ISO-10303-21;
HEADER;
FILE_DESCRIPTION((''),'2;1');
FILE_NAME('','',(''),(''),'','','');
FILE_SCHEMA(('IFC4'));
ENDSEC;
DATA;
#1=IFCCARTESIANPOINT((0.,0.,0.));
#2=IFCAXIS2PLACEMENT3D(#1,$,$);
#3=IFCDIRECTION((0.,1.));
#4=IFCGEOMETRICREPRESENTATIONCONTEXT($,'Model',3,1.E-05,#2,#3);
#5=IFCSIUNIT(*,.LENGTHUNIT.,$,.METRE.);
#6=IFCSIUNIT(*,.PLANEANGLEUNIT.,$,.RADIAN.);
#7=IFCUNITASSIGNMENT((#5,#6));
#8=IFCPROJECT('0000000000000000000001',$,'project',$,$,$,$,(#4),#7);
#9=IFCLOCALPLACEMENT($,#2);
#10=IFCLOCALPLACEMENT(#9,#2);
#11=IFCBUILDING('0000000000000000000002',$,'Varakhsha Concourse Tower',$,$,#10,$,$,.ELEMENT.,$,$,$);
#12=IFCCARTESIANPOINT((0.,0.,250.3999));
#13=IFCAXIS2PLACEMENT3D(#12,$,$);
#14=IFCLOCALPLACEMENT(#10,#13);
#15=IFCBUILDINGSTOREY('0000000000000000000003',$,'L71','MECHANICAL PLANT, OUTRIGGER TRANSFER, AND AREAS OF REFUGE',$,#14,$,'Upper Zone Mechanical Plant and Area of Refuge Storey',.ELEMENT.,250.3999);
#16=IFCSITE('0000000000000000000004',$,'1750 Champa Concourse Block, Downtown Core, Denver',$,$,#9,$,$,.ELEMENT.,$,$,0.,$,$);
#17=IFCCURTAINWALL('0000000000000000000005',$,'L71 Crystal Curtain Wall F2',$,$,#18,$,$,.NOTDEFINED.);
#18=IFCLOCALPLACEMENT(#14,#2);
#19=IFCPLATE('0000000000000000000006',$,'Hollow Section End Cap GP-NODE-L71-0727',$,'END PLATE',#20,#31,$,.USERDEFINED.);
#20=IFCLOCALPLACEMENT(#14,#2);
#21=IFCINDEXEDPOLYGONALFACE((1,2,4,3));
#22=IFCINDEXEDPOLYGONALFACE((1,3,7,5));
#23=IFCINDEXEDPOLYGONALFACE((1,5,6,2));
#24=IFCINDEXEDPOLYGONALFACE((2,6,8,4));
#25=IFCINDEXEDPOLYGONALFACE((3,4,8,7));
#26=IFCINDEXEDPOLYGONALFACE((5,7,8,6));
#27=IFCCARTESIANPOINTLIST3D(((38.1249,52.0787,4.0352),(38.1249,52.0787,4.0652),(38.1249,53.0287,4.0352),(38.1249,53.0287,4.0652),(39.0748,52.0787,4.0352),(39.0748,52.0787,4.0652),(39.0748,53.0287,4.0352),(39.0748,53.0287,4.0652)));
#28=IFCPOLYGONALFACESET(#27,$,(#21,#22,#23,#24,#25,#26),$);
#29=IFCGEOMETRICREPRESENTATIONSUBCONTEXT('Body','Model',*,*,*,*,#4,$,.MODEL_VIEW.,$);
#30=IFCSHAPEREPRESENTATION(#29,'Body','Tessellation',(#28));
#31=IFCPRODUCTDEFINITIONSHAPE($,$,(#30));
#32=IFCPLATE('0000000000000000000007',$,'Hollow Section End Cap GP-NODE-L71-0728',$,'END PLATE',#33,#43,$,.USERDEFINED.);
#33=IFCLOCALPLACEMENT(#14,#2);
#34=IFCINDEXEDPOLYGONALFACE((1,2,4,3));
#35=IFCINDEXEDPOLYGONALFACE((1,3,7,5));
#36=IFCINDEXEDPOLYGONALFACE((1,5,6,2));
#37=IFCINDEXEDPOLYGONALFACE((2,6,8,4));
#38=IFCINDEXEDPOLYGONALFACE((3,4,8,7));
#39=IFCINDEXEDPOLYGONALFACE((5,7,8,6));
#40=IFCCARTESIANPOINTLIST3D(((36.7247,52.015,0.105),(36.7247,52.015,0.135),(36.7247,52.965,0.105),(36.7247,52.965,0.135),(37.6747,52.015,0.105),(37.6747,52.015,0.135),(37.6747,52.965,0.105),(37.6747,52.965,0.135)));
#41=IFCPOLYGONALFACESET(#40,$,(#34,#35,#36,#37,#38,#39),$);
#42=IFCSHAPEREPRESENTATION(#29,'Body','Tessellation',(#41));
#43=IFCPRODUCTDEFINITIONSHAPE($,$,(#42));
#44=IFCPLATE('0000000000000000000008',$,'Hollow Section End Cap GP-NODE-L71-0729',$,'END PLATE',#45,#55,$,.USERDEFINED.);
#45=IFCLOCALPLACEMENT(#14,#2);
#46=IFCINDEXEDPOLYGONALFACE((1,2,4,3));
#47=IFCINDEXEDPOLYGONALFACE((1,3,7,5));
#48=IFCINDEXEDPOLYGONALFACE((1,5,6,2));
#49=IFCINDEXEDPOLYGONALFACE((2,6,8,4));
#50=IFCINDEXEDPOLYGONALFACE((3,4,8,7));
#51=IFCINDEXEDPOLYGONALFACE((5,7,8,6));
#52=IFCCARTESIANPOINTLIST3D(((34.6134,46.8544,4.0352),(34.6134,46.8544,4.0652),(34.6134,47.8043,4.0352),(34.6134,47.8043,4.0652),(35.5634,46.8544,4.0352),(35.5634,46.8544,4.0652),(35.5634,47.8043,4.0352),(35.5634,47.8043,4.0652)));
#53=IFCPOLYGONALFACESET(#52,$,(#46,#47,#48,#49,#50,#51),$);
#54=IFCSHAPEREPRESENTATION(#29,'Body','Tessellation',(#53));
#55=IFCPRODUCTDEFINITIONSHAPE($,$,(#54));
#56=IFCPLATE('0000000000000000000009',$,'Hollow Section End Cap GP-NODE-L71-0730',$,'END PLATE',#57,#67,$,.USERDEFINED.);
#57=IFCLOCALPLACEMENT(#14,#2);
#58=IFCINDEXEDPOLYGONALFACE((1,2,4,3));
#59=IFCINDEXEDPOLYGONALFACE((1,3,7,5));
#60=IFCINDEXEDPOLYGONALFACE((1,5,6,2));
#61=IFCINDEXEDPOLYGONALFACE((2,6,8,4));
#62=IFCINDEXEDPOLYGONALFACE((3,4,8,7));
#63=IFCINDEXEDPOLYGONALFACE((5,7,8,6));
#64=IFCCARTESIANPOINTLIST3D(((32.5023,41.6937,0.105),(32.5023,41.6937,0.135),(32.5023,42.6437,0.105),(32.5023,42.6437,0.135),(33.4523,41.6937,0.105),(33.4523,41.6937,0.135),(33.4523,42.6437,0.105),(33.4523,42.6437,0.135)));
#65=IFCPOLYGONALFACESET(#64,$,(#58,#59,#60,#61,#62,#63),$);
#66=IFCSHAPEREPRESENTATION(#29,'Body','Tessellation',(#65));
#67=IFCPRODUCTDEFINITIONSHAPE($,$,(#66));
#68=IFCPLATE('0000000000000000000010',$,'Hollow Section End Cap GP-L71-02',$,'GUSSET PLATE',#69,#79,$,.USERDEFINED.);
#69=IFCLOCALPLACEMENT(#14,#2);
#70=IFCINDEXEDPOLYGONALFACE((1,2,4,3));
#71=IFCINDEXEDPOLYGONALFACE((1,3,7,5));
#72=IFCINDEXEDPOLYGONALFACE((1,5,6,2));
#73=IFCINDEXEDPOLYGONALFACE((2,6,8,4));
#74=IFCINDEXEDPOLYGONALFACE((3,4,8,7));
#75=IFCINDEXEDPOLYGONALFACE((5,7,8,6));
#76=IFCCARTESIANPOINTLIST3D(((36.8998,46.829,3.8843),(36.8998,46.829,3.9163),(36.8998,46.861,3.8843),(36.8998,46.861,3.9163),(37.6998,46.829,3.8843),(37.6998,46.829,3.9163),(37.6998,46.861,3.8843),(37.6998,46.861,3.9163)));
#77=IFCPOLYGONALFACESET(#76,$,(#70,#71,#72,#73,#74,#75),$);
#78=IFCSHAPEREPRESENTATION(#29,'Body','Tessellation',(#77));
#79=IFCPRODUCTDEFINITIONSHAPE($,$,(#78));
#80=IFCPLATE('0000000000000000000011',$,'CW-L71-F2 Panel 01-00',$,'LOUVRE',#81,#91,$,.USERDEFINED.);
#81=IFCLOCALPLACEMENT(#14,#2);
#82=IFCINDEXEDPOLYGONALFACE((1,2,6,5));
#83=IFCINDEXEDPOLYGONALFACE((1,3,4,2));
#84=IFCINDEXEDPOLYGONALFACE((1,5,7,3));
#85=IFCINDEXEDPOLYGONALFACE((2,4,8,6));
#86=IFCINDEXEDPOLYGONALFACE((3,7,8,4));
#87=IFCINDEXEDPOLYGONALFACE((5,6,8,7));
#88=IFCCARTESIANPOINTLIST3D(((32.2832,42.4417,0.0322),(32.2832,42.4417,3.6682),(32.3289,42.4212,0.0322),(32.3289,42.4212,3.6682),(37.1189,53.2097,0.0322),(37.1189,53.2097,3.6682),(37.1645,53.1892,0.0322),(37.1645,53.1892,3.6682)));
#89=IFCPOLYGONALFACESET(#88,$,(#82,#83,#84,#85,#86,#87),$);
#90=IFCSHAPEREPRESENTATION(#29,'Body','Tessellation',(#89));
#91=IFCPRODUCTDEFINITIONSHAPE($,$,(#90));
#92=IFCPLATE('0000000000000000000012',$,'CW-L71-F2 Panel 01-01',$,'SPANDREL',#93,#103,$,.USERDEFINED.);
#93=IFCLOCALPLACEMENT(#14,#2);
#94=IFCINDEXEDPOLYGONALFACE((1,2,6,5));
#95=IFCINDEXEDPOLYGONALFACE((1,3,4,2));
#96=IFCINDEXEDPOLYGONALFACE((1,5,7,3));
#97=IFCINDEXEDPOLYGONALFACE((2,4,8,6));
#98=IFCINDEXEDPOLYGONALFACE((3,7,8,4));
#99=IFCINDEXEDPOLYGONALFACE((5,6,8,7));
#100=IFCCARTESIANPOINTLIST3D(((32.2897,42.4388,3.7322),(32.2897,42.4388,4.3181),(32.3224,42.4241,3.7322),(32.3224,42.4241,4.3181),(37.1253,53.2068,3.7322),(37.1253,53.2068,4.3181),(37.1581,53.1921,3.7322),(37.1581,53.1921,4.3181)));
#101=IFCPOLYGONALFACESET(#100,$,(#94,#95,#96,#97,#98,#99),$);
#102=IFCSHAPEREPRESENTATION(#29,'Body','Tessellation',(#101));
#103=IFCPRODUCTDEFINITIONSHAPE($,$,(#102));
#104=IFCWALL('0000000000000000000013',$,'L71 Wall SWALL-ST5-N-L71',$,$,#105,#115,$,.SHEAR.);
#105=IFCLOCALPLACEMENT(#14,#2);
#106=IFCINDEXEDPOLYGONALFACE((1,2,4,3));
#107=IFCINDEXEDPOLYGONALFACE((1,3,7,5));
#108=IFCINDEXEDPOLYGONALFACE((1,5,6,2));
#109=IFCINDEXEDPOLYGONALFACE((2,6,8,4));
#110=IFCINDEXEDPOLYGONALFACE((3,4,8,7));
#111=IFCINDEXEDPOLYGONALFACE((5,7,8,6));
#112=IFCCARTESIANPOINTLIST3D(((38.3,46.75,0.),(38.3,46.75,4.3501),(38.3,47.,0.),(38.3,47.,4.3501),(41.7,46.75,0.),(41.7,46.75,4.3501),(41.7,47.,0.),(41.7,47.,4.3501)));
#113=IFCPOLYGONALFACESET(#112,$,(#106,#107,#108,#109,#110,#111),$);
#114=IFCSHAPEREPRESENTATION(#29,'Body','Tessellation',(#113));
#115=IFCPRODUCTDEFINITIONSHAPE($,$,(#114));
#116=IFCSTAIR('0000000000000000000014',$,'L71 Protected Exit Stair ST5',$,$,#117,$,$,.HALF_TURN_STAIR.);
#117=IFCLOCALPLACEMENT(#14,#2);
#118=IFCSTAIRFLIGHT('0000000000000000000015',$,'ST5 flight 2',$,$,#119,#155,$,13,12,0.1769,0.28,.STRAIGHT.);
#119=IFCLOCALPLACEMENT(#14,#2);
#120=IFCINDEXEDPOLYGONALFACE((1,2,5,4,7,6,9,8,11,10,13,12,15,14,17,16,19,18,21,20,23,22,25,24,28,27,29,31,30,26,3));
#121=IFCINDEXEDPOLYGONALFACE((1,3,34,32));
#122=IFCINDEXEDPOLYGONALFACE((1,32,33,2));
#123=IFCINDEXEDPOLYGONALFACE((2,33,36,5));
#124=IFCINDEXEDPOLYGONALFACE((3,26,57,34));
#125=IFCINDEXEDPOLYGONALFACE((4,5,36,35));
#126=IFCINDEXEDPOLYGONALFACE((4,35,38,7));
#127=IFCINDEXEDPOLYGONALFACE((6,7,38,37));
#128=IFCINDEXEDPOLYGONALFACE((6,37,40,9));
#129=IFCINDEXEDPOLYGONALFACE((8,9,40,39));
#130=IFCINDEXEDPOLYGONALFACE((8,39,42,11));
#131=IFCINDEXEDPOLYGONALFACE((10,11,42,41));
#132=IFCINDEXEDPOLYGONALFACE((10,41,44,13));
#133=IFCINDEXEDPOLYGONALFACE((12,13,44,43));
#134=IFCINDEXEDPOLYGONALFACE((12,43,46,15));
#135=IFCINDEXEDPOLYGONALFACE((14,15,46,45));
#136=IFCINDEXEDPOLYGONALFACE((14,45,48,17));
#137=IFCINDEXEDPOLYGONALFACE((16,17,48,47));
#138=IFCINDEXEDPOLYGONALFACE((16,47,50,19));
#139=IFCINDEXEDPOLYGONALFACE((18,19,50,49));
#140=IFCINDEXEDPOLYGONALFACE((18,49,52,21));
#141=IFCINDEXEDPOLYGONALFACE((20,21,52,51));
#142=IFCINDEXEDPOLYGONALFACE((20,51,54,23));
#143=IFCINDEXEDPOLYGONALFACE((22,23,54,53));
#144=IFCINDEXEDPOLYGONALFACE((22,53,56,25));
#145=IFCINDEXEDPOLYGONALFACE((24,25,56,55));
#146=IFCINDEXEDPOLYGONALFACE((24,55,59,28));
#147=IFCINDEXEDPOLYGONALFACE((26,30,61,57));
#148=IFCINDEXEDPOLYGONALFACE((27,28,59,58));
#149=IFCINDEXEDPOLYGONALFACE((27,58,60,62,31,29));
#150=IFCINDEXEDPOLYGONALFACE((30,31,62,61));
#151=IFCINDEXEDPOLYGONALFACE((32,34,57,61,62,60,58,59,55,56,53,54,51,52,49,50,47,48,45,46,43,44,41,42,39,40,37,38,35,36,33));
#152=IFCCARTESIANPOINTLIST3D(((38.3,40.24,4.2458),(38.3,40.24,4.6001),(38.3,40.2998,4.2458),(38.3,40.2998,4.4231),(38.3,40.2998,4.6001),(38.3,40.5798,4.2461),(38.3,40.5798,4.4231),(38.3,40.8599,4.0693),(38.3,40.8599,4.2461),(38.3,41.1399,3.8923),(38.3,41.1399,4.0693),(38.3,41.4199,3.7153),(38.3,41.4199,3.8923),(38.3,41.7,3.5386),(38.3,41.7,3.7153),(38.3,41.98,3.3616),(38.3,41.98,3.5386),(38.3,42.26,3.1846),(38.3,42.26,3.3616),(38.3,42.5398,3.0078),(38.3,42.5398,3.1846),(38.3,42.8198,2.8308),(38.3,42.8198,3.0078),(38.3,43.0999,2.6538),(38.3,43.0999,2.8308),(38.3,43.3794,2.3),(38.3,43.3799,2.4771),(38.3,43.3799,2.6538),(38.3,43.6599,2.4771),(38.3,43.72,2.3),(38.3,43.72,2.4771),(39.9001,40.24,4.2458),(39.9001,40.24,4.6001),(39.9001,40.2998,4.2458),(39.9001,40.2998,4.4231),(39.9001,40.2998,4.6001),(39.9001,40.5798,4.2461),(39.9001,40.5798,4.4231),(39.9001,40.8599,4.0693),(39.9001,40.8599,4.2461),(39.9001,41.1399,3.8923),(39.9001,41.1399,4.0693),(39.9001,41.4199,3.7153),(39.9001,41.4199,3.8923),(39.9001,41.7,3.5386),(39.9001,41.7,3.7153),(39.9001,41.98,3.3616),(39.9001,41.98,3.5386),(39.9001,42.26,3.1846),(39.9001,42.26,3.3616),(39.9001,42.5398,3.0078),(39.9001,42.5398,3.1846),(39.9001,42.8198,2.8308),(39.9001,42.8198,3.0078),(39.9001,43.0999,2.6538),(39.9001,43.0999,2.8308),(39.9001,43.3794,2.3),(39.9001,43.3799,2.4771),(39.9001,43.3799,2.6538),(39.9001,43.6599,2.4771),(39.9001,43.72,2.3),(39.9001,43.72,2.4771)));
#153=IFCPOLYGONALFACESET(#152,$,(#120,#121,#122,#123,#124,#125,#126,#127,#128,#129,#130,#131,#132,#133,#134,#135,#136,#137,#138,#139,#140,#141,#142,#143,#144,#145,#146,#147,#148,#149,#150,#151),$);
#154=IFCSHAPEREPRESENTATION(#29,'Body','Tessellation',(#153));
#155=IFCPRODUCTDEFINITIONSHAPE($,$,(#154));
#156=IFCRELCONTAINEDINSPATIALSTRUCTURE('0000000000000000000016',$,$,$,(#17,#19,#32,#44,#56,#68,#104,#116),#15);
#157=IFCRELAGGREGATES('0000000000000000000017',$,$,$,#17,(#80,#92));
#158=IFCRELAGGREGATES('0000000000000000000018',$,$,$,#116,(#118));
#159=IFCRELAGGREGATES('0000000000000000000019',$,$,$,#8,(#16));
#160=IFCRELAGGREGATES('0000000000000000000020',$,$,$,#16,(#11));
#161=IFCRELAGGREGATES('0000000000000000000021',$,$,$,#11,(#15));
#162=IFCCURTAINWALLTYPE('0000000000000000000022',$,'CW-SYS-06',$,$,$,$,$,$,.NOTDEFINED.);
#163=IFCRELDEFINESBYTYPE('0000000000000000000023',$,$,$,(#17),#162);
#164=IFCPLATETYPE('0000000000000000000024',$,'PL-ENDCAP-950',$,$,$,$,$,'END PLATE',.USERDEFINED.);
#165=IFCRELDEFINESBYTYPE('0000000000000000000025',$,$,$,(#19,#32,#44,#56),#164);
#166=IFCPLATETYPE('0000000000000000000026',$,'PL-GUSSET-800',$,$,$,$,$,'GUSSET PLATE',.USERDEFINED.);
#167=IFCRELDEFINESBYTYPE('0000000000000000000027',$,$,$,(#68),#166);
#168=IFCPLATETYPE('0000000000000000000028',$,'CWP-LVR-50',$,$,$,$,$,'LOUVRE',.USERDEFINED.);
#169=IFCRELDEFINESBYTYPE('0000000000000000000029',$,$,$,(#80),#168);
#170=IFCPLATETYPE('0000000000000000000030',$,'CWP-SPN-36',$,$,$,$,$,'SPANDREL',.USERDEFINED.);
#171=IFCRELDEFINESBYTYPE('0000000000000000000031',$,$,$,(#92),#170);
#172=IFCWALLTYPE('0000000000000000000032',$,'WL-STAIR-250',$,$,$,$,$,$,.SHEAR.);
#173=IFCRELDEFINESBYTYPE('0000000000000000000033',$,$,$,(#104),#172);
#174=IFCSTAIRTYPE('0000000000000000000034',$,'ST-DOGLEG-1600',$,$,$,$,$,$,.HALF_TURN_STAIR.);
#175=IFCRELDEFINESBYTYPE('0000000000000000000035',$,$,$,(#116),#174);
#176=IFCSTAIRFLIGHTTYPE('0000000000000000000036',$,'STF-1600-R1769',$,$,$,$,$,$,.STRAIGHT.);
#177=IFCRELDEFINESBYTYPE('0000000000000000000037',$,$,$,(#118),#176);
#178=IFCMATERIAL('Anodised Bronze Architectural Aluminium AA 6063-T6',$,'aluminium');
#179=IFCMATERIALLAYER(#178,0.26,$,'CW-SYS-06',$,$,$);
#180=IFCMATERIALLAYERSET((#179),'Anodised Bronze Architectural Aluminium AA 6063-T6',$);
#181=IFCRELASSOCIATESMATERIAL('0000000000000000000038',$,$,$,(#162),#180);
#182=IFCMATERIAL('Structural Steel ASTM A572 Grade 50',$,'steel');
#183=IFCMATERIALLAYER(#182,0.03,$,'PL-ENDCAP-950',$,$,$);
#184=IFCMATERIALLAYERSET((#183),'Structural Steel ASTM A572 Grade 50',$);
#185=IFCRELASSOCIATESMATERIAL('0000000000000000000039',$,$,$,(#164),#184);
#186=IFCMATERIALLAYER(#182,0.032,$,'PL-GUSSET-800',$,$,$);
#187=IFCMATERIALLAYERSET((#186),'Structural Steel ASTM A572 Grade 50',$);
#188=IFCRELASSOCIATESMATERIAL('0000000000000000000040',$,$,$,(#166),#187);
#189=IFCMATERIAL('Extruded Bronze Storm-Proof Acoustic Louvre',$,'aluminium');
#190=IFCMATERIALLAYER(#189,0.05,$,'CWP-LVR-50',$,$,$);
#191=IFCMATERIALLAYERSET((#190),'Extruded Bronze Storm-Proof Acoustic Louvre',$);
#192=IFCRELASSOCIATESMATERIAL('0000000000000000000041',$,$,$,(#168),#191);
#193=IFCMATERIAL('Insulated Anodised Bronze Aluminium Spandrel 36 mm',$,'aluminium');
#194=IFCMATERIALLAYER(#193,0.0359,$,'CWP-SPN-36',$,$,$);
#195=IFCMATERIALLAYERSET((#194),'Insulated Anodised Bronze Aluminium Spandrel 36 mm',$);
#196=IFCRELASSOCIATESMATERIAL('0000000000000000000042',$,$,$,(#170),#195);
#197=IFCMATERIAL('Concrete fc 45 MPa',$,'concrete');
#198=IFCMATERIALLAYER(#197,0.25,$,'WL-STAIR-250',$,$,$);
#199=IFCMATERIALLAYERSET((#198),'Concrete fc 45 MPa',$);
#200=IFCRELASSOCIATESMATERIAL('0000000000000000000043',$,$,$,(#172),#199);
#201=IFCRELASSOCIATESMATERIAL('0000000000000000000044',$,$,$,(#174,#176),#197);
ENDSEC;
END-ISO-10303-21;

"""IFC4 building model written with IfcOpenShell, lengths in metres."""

from ifc_helpers import new_model, si_unit, direction, frame, frame_2d, origin, origin_2d, place, context, subcontext, project, spatial, polyline, rectangle, outline, extrude, source, transform, mapped, material, layer, layer_set, type_object, type_shapes, element, aggregate, save


model = new_model("IFC4")

# Units and contexts
model_context = context("Model", 3, precision=1e-05, world=origin(), true_north=direction((0.0, 1.0)))
body_context = subcontext(model_context, "Body", "Model", "MODEL_VIEW")
ifc_project = project(units=[si_unit("LENGTHUNIT", "METRE"), si_unit("PLANEANGLEUNIT", "RADIAN")], contexts=[model_context])

# Site, building, storey
site_placement = place(None, origin())
site = spatial("IfcSite", under=ifc_project, at=site_placement, Name="1750 Champa Concourse Block, Downtown Core, Denver", CompositionType="ELEMENT", RefElevation=0.0)
building_placement = place(site_placement, origin())
building = spatial("IfcBuilding", under=site, at=building_placement, Name="Varakhsha Concourse Tower", CompositionType="ELEMENT")
storey_placement = place(building_placement, frame((0.0, 0.0, 250.3999)))
storey = spatial("IfcBuildingStorey", under=building, at=storey_placement, Name="L71", Description="MECHANICAL PLANT, OUTRIGGER TRANSFER, AND AREAS OF REFUGE", LongName="Upper Zone Mechanical Plant and Area of Refuge Storey", CompositionType="ELEMENT", Elevation=250.3999)

# Shared definitions
ifc_material_1 = material(Name="Structural Steel ASTM A572 Grade 50", Category="steel")

# Shared definitions
ifc_material_2 = material(Name="Anodised Bronze Architectural Aluminium AA 6063-T6", Category="aluminium")
ifc_layer_1 = layer(ifc_material_2, 0.26, Name="CW-SYS-06")
ifc_layer_set_1 = layer_set([ifc_layer_1], Name="Anodised Bronze Architectural Aluminium AA 6063-T6")
curtain_wall_type = type_object("IfcCurtainWallType", Name="CW-SYS-06", PredefinedType="NOTDEFINED", material=ifc_layer_set_1)

# Curtain wall
curtain_wall_1_placement = place(storey_placement, origin())
curtain_wall_1 = element("IfcCurtainWall", 1, at=curtain_wall_1_placement, inside=storey, type_object=curtain_wall_type, Name="L71 Crystal Curtain Wall F2", PredefinedType="NOTDEFINED")

# Plates
ifc_layer_2 = layer(ifc_material_1, 0.03, Name="PL-ENDCAP-950")
ifc_layer_set_2 = layer_set([ifc_layer_2], Name="Structural Steel ASTM A572 Grade 50")
plate_type_1 = type_object("IfcPlateType", Name="PL-ENDCAP-950", ElementType="END PLATE", PredefinedType="USERDEFINED", material=ifc_layer_set_2)
shared_shape_1 = source(origin(), body_context, "Body", "SweptSolid", [
    extrude(rectangle(XDim=0.95, YDim=0.95, at=origin_2d()), origin(), (0.0, 0.0, 1.0), 0.03),
])
type_shapes(plate_type_1, [shared_shape_1])
for number, where, z_axis, x_axis, name in (
    (2, (38.5999, 52.5537, 4.0352), (0.0, 0.0, 1.0), (1.0, 0.0, 0.0), "Hollow Section End Cap GP-NODE-L71-0727"),
    (3, (37.1997, 52.49, 0.105), (0.0, 0.0, 1.0), (1.0, 0.0, 0.0), "Hollow Section End Cap GP-NODE-L71-0728"),
    (4, (35.0884, 47.3293, 4.0352), (0.0, 0.0, 1.0), (1.0, 0.0, 0.0), "Hollow Section End Cap GP-NODE-L71-0729"),
    (5, (32.9773, 42.1687, 0.105), (0.0, 0.0, 1.0), (1.0, 0.0, 0.0), "Hollow Section End Cap GP-NODE-L71-0730"),
):
    element("IfcPlate", number, at=place(storey_placement, frame(where, z_axis=z_axis, x_axis=x_axis)), inside=storey, type_object=plate_type_1, Name=name, ObjectType="END PLATE", PredefinedType="USERDEFINED", context=body_context, shape_type="MappedRepresentation", body=[
        mapped(shared_shape_1, transform((0.0, 0.0, 0.0), scale=1.0)),
    ])
ifc_layer_3 = layer(ifc_material_1, 0.032, Name="PL-GUSSET-800")
ifc_layer_set_3 = layer_set([ifc_layer_3], Name="Structural Steel ASTM A572 Grade 50")
plate_type_2 = type_object("IfcPlateType", Name="PL-GUSSET-800", ElementType="GUSSET PLATE", PredefinedType="USERDEFINED", material=ifc_layer_set_3)
shared_shape_2 = source(origin(), body_context, "Body", "SweptSolid", [
    extrude(rectangle(XDim=0.8, YDim=0.032, at=origin_2d()), origin(), (0.0, 0.0, 1.0), 0.032),
])
type_shapes(plate_type_2, [shared_shape_2])
plate_1_placement = place(storey_placement, frame((37.2998, 46.845, 3.8843), z_axis=(0.0, 0.0, 1.0), x_axis=(1.0, 0.0, 0.0)))
element("IfcPlate", 6, at=plate_1_placement, inside=storey, type_object=plate_type_2, Name="Hollow Section End Cap GP-L71-02", ObjectType="GUSSET PLATE", PredefinedType="USERDEFINED", context=body_context, shape_type="MappedRepresentation", body=[
    mapped(shared_shape_2, transform((0.0, 0.0, 0.0), scale=1.0)),
])

# Plates
ifc_material_3 = material(Name="Extruded Bronze Storm-Proof Acoustic Louvre", Category="aluminium")
ifc_layer_4 = layer(ifc_material_3, 0.05, Name="CWP-LVR-50")
ifc_layer_set_4 = layer_set([ifc_layer_4], Name="Extruded Bronze Storm-Proof Acoustic Louvre")
plate_type_3 = type_object("IfcPlateType", Name="CWP-LVR-50", ElementType="LOUVRE", PredefinedType="USERDEFINED", material=ifc_layer_set_4)
shared_shape_3 = source(origin(), body_context, "Body", "SweptSolid", [
    extrude(rectangle(XDim=11.804, YDim=0.05, at=origin_2d()), origin(), (0.0, 0.0, 1.0), 3.636),
])
type_shapes(plate_type_3, [shared_shape_3])
plate_2_placement = place(storey_placement, frame((34.7239, 47.8154, 0.0322), z_axis=(0.0, 0.0, 1.0), x_axis=(0.409662, 0.912237, 0.0)))
plate_2 = element("IfcPlate", 7, at=plate_2_placement, type_object=plate_type_3, Name="CW-L71-F2 Panel 01-00", ObjectType="LOUVRE", PredefinedType="USERDEFINED", context=body_context, shape_type="MappedRepresentation", body=[
    mapped(shared_shape_3, transform((0.0, 0.0, 0.0), scale=1.0)),
])
ifc_material_4 = material(Name="Insulated Anodised Bronze Aluminium Spandrel 36 mm", Category="aluminium")
ifc_layer_5 = layer(ifc_material_4, 0.0359, Name="CWP-SPN-36")
ifc_layer_set_5 = layer_set([ifc_layer_5], Name="Insulated Anodised Bronze Aluminium Spandrel 36 mm")
plate_type_4 = type_object("IfcPlateType", Name="CWP-SPN-36", ElementType="SPANDREL", PredefinedType="USERDEFINED", material=ifc_layer_set_5)
shared_shape_4 = source(origin(), body_context, "Body", "SweptSolid", [
    extrude(rectangle(XDim=11.804, YDim=0.0359, at=origin_2d()), origin(), (0.0, 0.0, 1.0), 0.5859),
])
type_shapes(plate_type_4, [shared_shape_4])
plate_3_placement = place(storey_placement, frame((34.7239, 47.8154, 3.7322), z_axis=(0.0, 0.0, 1.0), x_axis=(0.409662, 0.912237, 0.0)))
plate_3 = element("IfcPlate", 8, at=plate_3_placement, type_object=plate_type_4, Name="CW-L71-F2 Panel 01-01", ObjectType="SPANDREL", PredefinedType="USERDEFINED", context=body_context, shape_type="MappedRepresentation", body=[
    mapped(shared_shape_4, transform((0.0, 0.0, 0.0), scale=1.0)),
])
aggregate(curtain_wall_1, [plate_2, plate_3])

# Wall
ifc_material_5 = material(Name="Concrete fc 45 MPa", Category="concrete")
ifc_layer_6 = layer(ifc_material_5, 0.25, Name="WL-STAIR-250")
ifc_layer_set_6 = layer_set([ifc_layer_6], Name="Concrete fc 45 MPa")
wall_type = type_object("IfcWallType", Name="WL-STAIR-250", PredefinedType="SHEAR", material=ifc_layer_set_6)
wall_placement = place(storey_placement, frame((38.3, 46.875, 0.0), z_axis=(0.0, 0.0, 1.0), x_axis=(1.0, 0.0, 0.0)))
element("IfcWall", 9, at=wall_placement, inside=storey, type_object=wall_type, Name="L71 Wall SWALL-ST5-N-L71", PredefinedType="SHEAR", context=body_context, shape_type="SweptSolid", body=[
    extrude(rectangle(XDim=3.3999, YDim=0.25, at=frame_2d((1.7, 0.0))), origin(), (0.0, 0.0, 1.0), 4.3501),
])

# Stair, stair flight
stair_type = type_object("IfcStairType", Name="ST-DOGLEG-1600", PredefinedType="HALF_TURN_STAIR", material=ifc_material_5)
stair_placement = place(storey_placement, origin())
stair = element("IfcStair", 10, at=stair_placement, inside=storey, type_object=stair_type, Name="L71 Protected Exit Stair ST5", PredefinedType="HALF_TURN_STAIR")
stair_flight_type = type_object("IfcStairFlightType", Name="STF-1600-R1769", PredefinedType="STRAIGHT", material=ifc_material_5)
stair_flight_placement = place(storey_placement, frame((39.1001, 43.6599, 2.3), z_axis=(0.0, 0.0, 1.0), x_axis=(0.0, -1.0, 0.0)))
stair_flight = element("IfcStairFlight", 11, at=stair_flight_placement, type_object=stair_flight_type, Name="ST5 flight 2", NumberOfRisers=13, NumberOfTreads=12, PredefinedType="STRAIGHT", RiserHeight=0.1769, TreadLength=0.28, context=body_context, shape_type="SweptSolid", body=[
    extrude(outline(polyline([(-0.0601, 0.0), (-0.0601, 0.177), (0.0, 0.177), (0.28, 0.177), (0.28, 0.3538), (0.5601, 0.3538), (0.5601, 0.5308), (0.8401, 0.5308), (0.8401, 0.7078), (1.1201, 0.7078), (1.1201, 0.8845), (1.3999, 0.8845), (1.3999, 1.0615), (1.6799, 1.0615), (1.6799, 1.2385), (1.96, 1.2385), (1.96, 1.4153), (2.24, 1.4153), (2.24, 1.5923), (2.52, 1.5923), (2.52, 1.7693), (2.8, 1.7693), (2.8, 1.946), (3.0801, 1.946), (3.0801, 2.123), (3.3601, 2.123), (3.3601, 2.3), (3.4199, 2.3), (3.4199, 1.9458), (3.3601, 1.9458), (0.2805, 0.0), (-0.0601, 0.0)])), frame((0.0, 0.8, 0.0), z_axis=(0.0, -1.0, 0.0), x_axis=(1.0, 0.0, 0.0)), (0.0, 0.0, 1.0), 1.6001),
])
aggregate(stair, [stair_flight])

save(model, "model.ifc")
